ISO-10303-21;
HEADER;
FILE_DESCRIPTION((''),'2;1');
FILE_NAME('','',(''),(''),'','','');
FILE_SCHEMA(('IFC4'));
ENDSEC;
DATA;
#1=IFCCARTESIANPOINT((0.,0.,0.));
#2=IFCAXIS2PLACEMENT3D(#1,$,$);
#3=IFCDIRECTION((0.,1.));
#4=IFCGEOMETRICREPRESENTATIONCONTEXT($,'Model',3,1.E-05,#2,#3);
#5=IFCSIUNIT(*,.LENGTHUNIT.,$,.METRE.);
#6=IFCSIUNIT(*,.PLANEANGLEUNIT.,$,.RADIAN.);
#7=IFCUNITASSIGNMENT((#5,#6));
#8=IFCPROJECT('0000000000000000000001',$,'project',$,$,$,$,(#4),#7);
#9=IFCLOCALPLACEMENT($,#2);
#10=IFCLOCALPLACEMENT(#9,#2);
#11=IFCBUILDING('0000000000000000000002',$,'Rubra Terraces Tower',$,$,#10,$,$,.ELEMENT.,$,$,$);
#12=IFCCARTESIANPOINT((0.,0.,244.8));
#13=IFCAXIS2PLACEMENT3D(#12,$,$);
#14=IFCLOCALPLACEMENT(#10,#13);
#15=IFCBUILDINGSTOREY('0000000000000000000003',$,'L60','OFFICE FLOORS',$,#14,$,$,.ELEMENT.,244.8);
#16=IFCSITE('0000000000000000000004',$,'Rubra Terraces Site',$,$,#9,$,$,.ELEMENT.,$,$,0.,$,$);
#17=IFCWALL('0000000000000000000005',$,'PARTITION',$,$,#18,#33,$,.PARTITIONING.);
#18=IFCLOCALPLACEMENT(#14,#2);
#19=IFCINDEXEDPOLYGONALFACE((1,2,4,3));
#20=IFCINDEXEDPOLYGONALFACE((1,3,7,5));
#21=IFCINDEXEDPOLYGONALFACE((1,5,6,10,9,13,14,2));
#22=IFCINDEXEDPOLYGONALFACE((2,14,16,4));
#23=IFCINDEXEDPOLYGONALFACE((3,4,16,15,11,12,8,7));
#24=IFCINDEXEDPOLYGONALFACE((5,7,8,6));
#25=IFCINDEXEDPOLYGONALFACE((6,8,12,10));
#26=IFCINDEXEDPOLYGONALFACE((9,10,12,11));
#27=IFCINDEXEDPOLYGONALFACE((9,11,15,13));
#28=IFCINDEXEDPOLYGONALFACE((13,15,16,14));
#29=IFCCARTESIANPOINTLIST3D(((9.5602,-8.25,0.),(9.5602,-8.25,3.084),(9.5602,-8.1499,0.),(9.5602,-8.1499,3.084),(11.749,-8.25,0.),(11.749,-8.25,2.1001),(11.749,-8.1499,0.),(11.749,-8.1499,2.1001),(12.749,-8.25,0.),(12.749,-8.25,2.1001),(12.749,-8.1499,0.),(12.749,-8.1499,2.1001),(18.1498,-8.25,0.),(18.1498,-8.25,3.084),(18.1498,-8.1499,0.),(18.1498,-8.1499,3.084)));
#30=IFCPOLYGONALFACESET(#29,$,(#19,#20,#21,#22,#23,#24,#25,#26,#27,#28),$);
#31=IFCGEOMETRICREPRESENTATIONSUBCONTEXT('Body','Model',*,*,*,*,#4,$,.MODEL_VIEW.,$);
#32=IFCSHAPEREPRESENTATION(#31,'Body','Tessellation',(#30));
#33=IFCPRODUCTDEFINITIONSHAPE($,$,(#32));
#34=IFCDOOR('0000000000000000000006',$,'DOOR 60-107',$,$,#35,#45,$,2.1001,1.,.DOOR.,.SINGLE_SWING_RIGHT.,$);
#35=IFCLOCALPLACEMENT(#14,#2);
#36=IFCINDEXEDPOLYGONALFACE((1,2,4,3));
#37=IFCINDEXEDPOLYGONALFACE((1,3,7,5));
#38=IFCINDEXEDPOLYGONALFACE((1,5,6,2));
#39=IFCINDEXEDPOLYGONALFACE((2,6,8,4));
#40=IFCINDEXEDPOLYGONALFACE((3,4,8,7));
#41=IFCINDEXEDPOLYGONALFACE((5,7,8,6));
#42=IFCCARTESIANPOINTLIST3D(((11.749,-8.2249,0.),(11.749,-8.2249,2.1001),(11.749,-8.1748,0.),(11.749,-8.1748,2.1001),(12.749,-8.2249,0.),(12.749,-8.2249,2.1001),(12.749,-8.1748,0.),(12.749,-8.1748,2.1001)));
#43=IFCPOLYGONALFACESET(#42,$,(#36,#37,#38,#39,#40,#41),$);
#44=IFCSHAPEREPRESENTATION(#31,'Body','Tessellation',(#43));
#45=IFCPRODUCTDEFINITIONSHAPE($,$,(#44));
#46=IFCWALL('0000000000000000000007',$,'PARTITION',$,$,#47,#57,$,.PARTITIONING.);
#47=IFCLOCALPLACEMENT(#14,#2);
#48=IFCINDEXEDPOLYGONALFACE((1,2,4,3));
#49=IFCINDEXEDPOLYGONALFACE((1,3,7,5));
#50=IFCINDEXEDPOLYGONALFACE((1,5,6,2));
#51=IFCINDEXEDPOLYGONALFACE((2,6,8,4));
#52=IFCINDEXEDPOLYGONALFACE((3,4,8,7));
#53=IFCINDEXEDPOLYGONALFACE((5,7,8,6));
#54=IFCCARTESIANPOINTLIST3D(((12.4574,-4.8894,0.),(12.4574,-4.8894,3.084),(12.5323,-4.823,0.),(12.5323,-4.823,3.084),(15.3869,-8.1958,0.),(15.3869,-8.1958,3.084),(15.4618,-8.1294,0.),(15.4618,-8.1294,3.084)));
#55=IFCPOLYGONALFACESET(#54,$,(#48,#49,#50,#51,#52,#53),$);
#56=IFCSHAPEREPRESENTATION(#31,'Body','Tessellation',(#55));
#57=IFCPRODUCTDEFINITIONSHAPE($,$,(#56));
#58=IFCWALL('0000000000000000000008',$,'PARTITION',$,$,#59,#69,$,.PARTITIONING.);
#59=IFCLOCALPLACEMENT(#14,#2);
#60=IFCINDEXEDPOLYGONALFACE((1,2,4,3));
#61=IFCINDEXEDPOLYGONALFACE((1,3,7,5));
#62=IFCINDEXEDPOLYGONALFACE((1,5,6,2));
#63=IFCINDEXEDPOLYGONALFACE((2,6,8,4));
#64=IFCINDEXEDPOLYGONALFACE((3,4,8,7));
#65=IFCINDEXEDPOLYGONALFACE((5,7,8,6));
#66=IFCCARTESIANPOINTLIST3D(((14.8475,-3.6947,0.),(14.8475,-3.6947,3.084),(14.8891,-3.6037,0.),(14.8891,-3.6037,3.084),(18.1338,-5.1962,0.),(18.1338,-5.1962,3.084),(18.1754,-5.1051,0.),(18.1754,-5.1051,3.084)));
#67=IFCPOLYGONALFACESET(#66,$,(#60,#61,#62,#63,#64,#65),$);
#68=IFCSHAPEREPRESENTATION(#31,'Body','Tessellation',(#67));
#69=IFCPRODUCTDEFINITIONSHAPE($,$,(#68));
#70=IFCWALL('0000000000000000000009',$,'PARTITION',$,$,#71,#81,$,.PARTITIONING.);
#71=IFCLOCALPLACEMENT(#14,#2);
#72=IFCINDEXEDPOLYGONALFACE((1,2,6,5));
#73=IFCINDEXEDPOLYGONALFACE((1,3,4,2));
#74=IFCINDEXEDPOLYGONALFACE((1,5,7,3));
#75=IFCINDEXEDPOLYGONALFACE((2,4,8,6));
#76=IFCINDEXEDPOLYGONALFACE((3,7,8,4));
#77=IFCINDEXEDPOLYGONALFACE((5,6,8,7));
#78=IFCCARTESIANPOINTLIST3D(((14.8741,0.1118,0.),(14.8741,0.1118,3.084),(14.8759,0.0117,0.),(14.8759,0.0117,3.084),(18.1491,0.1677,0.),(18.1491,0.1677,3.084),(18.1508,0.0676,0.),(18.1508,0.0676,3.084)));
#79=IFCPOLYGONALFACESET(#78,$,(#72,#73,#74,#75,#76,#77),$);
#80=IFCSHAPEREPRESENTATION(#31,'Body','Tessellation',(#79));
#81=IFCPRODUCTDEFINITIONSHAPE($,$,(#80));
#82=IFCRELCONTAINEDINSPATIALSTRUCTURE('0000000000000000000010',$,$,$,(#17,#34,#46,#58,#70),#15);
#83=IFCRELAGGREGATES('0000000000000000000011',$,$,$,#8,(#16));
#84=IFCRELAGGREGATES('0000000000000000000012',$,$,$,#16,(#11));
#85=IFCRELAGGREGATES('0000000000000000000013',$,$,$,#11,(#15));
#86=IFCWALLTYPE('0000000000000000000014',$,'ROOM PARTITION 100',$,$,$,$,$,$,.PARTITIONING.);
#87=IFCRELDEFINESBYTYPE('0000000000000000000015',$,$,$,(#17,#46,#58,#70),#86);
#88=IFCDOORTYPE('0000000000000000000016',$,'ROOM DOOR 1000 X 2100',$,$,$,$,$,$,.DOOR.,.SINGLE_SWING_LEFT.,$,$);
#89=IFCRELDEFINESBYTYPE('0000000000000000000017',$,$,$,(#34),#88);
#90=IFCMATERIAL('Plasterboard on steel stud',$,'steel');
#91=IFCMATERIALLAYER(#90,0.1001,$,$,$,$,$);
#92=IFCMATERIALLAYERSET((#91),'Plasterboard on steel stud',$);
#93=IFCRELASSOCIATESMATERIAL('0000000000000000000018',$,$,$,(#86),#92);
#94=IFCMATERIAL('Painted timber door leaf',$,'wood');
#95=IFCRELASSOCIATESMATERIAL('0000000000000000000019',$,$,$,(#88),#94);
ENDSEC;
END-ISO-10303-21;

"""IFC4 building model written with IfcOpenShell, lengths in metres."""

from ifc_helpers import new_model, si_unit, direction, frame, frame_2d, origin, place, context, subcontext, project, spatial, rectangle, extrude, material, layer, layer_set, type_object, element, fill, save


model = new_model("IFC4")

# Units and contexts
model_context = context("Model", 3, precision=1e-05, world=origin(), true_north=direction((0.0, 1.0)))
body_context = subcontext(model_context, "Body", "Model", "MODEL_VIEW")
ifc_project = project(units=[si_unit("LENGTHUNIT", "METRE"), si_unit("PLANEANGLEUNIT", "RADIAN")], contexts=[model_context])

# Site, building, storey
site_placement = place(None, origin())
site = spatial("IfcSite", under=ifc_project, at=site_placement, Name="Rubra Terraces Site", CompositionType="ELEMENT", RefElevation=0.0)
building_placement = place(site_placement, origin())
building = spatial("IfcBuilding", under=site, at=building_placement, Name="Rubra Terraces Tower", CompositionType="ELEMENT")
storey_placement = place(building_placement, frame((0.0, 0.0, 244.8)))
storey = spatial("IfcBuildingStorey", under=building, at=storey_placement, Name="L60", Description="OFFICE FLOORS", CompositionType="ELEMENT", Elevation=244.8)

# Wall, opening, door
ifc_material_1 = material(Name="Plasterboard on steel stud", Category="steel")
ifc_layer_1 = layer(ifc_material_1, 0.1001)
ifc_layer_set_1 = layer_set([ifc_layer_1], Name="Plasterboard on steel stud")
wall_type_1 = type_object("IfcWallType", Name="ROOM PARTITION 100", PredefinedType="PARTITIONING", material=ifc_layer_set_1)
wall_1_placement = place(storey_placement, frame((18.1499, -8.2, 0.0), z_axis=(0.0, 0.0, 1.0), x_axis=(-1.0, 0.0, 0.0)))
wall_1 = element("IfcWall", 1, at=wall_1_placement, inside=storey, type_object=wall_type_1, Name="PARTITION", PredefinedType="PARTITIONING", context=body_context, shape_type="SweptSolid", body=[
    extrude(rectangle(XDim=8.5896, YDim=0.1001, at=frame_2d((4.2949, 0.0))), origin(), (0.0, 0.0, 1.0), 3.084),
])
opening_1_placement = place(wall_1_placement, frame((5.4009, 0.0, 0.0)))
opening_1 = element("IfcOpeningElement", 2, at=opening_1_placement, cuts=wall_1, PredefinedType="OPENING", context=body_context, shape_type="SweptSolid", body=[
    extrude(rectangle(XDim=1.0, YDim=2.1001, at=frame_2d((0.5, 1.05))), frame((0.0, 0.0601, 0.0), z_axis=(0.0, -1.0, 0.0), x_axis=(1.0, 0.0, 0.0)), (0.0, 0.0, 1.0), 0.1201),
])
ifc_material_2 = material(Name="Painted timber door leaf", Category="wood")
door_type_1 = type_object("IfcDoorType", Name="ROOM DOOR 1000 X 2100", OperationType="SINGLE_SWING_LEFT", PredefinedType="DOOR", material=ifc_material_2)
door_1_placement = place(opening_1_placement, origin())
door_1 = element("IfcDoor", 3, at=door_1_placement, inside=storey, type_object=door_type_1, Name="DOOR 60-107", OperationType="SINGLE_SWING_RIGHT", OverallHeight=2.1001, OverallWidth=1.0, PredefinedType="DOOR", context=body_context, shape_type="SweptSolid", body=[
    extrude(rectangle(XDim=1.0, YDim=2.1001, at=frame_2d((0.5, 1.05))), frame((0.0, 0.0249, 0.0), z_axis=(0.0, -1.0, 0.0), x_axis=(1.0, 0.0, 0.0)), (0.0, 0.0, 1.0), 0.05),
])
fill(opening_1, door_1)

# Walls
wall_2_placement = place(storey_placement, frame((12.4949, -4.8562, 0.0), z_axis=(0.0, 0.0, 1.0), x_axis=(0.663152, -0.748485, 0.0)))
element("IfcWall", 4, at=wall_2_placement, inside=storey, type_object=wall_type_1, Name="PARTITION", PredefinedType="PARTITIONING", context=body_context, shape_type="SweptSolid", body=[
    extrude(rectangle(XDim=4.4175, YDim=0.1001, at=frame_2d((2.2087, 0.0))), origin(), (0.0, 0.0, 1.0), 3.084),
])
wall_3_placement = place(storey_placement, frame((14.8682, -3.6492, 0.0), z_axis=(0.0, 0.0, 1.0), x_axis=(0.909566, -0.415559, 0.0)))
element("IfcWall", 5, at=wall_3_placement, inside=storey, type_object=wall_type_1, Name="PARTITION", PredefinedType="PARTITIONING", context=body_context, shape_type="SweptSolid", body=[
    extrude(rectangle(XDim=3.613, YDim=0.1001, at=frame_2d((1.8066, 0.0))), origin(), (0.0, 0.0, 1.0), 3.084),
])
wall_4_placement = place(storey_placement, frame((14.875, 0.0618, 0.0), z_axis=(0.0, 0.0, 1.0), x_axis=(0.999854, 0.017069, 0.0)))
element("IfcWall", 6, at=wall_4_placement, inside=storey, type_object=wall_type_1, Name="PARTITION", PredefinedType="PARTITIONING", context=body_context, shape_type="SweptSolid", body=[
    extrude(rectangle(XDim=3.2754, YDim=0.1001, at=frame_2d((1.6377, 0.0))), origin(), (0.0, 0.0, 1.0), 3.084),
])

save(model, "model.ifc")
